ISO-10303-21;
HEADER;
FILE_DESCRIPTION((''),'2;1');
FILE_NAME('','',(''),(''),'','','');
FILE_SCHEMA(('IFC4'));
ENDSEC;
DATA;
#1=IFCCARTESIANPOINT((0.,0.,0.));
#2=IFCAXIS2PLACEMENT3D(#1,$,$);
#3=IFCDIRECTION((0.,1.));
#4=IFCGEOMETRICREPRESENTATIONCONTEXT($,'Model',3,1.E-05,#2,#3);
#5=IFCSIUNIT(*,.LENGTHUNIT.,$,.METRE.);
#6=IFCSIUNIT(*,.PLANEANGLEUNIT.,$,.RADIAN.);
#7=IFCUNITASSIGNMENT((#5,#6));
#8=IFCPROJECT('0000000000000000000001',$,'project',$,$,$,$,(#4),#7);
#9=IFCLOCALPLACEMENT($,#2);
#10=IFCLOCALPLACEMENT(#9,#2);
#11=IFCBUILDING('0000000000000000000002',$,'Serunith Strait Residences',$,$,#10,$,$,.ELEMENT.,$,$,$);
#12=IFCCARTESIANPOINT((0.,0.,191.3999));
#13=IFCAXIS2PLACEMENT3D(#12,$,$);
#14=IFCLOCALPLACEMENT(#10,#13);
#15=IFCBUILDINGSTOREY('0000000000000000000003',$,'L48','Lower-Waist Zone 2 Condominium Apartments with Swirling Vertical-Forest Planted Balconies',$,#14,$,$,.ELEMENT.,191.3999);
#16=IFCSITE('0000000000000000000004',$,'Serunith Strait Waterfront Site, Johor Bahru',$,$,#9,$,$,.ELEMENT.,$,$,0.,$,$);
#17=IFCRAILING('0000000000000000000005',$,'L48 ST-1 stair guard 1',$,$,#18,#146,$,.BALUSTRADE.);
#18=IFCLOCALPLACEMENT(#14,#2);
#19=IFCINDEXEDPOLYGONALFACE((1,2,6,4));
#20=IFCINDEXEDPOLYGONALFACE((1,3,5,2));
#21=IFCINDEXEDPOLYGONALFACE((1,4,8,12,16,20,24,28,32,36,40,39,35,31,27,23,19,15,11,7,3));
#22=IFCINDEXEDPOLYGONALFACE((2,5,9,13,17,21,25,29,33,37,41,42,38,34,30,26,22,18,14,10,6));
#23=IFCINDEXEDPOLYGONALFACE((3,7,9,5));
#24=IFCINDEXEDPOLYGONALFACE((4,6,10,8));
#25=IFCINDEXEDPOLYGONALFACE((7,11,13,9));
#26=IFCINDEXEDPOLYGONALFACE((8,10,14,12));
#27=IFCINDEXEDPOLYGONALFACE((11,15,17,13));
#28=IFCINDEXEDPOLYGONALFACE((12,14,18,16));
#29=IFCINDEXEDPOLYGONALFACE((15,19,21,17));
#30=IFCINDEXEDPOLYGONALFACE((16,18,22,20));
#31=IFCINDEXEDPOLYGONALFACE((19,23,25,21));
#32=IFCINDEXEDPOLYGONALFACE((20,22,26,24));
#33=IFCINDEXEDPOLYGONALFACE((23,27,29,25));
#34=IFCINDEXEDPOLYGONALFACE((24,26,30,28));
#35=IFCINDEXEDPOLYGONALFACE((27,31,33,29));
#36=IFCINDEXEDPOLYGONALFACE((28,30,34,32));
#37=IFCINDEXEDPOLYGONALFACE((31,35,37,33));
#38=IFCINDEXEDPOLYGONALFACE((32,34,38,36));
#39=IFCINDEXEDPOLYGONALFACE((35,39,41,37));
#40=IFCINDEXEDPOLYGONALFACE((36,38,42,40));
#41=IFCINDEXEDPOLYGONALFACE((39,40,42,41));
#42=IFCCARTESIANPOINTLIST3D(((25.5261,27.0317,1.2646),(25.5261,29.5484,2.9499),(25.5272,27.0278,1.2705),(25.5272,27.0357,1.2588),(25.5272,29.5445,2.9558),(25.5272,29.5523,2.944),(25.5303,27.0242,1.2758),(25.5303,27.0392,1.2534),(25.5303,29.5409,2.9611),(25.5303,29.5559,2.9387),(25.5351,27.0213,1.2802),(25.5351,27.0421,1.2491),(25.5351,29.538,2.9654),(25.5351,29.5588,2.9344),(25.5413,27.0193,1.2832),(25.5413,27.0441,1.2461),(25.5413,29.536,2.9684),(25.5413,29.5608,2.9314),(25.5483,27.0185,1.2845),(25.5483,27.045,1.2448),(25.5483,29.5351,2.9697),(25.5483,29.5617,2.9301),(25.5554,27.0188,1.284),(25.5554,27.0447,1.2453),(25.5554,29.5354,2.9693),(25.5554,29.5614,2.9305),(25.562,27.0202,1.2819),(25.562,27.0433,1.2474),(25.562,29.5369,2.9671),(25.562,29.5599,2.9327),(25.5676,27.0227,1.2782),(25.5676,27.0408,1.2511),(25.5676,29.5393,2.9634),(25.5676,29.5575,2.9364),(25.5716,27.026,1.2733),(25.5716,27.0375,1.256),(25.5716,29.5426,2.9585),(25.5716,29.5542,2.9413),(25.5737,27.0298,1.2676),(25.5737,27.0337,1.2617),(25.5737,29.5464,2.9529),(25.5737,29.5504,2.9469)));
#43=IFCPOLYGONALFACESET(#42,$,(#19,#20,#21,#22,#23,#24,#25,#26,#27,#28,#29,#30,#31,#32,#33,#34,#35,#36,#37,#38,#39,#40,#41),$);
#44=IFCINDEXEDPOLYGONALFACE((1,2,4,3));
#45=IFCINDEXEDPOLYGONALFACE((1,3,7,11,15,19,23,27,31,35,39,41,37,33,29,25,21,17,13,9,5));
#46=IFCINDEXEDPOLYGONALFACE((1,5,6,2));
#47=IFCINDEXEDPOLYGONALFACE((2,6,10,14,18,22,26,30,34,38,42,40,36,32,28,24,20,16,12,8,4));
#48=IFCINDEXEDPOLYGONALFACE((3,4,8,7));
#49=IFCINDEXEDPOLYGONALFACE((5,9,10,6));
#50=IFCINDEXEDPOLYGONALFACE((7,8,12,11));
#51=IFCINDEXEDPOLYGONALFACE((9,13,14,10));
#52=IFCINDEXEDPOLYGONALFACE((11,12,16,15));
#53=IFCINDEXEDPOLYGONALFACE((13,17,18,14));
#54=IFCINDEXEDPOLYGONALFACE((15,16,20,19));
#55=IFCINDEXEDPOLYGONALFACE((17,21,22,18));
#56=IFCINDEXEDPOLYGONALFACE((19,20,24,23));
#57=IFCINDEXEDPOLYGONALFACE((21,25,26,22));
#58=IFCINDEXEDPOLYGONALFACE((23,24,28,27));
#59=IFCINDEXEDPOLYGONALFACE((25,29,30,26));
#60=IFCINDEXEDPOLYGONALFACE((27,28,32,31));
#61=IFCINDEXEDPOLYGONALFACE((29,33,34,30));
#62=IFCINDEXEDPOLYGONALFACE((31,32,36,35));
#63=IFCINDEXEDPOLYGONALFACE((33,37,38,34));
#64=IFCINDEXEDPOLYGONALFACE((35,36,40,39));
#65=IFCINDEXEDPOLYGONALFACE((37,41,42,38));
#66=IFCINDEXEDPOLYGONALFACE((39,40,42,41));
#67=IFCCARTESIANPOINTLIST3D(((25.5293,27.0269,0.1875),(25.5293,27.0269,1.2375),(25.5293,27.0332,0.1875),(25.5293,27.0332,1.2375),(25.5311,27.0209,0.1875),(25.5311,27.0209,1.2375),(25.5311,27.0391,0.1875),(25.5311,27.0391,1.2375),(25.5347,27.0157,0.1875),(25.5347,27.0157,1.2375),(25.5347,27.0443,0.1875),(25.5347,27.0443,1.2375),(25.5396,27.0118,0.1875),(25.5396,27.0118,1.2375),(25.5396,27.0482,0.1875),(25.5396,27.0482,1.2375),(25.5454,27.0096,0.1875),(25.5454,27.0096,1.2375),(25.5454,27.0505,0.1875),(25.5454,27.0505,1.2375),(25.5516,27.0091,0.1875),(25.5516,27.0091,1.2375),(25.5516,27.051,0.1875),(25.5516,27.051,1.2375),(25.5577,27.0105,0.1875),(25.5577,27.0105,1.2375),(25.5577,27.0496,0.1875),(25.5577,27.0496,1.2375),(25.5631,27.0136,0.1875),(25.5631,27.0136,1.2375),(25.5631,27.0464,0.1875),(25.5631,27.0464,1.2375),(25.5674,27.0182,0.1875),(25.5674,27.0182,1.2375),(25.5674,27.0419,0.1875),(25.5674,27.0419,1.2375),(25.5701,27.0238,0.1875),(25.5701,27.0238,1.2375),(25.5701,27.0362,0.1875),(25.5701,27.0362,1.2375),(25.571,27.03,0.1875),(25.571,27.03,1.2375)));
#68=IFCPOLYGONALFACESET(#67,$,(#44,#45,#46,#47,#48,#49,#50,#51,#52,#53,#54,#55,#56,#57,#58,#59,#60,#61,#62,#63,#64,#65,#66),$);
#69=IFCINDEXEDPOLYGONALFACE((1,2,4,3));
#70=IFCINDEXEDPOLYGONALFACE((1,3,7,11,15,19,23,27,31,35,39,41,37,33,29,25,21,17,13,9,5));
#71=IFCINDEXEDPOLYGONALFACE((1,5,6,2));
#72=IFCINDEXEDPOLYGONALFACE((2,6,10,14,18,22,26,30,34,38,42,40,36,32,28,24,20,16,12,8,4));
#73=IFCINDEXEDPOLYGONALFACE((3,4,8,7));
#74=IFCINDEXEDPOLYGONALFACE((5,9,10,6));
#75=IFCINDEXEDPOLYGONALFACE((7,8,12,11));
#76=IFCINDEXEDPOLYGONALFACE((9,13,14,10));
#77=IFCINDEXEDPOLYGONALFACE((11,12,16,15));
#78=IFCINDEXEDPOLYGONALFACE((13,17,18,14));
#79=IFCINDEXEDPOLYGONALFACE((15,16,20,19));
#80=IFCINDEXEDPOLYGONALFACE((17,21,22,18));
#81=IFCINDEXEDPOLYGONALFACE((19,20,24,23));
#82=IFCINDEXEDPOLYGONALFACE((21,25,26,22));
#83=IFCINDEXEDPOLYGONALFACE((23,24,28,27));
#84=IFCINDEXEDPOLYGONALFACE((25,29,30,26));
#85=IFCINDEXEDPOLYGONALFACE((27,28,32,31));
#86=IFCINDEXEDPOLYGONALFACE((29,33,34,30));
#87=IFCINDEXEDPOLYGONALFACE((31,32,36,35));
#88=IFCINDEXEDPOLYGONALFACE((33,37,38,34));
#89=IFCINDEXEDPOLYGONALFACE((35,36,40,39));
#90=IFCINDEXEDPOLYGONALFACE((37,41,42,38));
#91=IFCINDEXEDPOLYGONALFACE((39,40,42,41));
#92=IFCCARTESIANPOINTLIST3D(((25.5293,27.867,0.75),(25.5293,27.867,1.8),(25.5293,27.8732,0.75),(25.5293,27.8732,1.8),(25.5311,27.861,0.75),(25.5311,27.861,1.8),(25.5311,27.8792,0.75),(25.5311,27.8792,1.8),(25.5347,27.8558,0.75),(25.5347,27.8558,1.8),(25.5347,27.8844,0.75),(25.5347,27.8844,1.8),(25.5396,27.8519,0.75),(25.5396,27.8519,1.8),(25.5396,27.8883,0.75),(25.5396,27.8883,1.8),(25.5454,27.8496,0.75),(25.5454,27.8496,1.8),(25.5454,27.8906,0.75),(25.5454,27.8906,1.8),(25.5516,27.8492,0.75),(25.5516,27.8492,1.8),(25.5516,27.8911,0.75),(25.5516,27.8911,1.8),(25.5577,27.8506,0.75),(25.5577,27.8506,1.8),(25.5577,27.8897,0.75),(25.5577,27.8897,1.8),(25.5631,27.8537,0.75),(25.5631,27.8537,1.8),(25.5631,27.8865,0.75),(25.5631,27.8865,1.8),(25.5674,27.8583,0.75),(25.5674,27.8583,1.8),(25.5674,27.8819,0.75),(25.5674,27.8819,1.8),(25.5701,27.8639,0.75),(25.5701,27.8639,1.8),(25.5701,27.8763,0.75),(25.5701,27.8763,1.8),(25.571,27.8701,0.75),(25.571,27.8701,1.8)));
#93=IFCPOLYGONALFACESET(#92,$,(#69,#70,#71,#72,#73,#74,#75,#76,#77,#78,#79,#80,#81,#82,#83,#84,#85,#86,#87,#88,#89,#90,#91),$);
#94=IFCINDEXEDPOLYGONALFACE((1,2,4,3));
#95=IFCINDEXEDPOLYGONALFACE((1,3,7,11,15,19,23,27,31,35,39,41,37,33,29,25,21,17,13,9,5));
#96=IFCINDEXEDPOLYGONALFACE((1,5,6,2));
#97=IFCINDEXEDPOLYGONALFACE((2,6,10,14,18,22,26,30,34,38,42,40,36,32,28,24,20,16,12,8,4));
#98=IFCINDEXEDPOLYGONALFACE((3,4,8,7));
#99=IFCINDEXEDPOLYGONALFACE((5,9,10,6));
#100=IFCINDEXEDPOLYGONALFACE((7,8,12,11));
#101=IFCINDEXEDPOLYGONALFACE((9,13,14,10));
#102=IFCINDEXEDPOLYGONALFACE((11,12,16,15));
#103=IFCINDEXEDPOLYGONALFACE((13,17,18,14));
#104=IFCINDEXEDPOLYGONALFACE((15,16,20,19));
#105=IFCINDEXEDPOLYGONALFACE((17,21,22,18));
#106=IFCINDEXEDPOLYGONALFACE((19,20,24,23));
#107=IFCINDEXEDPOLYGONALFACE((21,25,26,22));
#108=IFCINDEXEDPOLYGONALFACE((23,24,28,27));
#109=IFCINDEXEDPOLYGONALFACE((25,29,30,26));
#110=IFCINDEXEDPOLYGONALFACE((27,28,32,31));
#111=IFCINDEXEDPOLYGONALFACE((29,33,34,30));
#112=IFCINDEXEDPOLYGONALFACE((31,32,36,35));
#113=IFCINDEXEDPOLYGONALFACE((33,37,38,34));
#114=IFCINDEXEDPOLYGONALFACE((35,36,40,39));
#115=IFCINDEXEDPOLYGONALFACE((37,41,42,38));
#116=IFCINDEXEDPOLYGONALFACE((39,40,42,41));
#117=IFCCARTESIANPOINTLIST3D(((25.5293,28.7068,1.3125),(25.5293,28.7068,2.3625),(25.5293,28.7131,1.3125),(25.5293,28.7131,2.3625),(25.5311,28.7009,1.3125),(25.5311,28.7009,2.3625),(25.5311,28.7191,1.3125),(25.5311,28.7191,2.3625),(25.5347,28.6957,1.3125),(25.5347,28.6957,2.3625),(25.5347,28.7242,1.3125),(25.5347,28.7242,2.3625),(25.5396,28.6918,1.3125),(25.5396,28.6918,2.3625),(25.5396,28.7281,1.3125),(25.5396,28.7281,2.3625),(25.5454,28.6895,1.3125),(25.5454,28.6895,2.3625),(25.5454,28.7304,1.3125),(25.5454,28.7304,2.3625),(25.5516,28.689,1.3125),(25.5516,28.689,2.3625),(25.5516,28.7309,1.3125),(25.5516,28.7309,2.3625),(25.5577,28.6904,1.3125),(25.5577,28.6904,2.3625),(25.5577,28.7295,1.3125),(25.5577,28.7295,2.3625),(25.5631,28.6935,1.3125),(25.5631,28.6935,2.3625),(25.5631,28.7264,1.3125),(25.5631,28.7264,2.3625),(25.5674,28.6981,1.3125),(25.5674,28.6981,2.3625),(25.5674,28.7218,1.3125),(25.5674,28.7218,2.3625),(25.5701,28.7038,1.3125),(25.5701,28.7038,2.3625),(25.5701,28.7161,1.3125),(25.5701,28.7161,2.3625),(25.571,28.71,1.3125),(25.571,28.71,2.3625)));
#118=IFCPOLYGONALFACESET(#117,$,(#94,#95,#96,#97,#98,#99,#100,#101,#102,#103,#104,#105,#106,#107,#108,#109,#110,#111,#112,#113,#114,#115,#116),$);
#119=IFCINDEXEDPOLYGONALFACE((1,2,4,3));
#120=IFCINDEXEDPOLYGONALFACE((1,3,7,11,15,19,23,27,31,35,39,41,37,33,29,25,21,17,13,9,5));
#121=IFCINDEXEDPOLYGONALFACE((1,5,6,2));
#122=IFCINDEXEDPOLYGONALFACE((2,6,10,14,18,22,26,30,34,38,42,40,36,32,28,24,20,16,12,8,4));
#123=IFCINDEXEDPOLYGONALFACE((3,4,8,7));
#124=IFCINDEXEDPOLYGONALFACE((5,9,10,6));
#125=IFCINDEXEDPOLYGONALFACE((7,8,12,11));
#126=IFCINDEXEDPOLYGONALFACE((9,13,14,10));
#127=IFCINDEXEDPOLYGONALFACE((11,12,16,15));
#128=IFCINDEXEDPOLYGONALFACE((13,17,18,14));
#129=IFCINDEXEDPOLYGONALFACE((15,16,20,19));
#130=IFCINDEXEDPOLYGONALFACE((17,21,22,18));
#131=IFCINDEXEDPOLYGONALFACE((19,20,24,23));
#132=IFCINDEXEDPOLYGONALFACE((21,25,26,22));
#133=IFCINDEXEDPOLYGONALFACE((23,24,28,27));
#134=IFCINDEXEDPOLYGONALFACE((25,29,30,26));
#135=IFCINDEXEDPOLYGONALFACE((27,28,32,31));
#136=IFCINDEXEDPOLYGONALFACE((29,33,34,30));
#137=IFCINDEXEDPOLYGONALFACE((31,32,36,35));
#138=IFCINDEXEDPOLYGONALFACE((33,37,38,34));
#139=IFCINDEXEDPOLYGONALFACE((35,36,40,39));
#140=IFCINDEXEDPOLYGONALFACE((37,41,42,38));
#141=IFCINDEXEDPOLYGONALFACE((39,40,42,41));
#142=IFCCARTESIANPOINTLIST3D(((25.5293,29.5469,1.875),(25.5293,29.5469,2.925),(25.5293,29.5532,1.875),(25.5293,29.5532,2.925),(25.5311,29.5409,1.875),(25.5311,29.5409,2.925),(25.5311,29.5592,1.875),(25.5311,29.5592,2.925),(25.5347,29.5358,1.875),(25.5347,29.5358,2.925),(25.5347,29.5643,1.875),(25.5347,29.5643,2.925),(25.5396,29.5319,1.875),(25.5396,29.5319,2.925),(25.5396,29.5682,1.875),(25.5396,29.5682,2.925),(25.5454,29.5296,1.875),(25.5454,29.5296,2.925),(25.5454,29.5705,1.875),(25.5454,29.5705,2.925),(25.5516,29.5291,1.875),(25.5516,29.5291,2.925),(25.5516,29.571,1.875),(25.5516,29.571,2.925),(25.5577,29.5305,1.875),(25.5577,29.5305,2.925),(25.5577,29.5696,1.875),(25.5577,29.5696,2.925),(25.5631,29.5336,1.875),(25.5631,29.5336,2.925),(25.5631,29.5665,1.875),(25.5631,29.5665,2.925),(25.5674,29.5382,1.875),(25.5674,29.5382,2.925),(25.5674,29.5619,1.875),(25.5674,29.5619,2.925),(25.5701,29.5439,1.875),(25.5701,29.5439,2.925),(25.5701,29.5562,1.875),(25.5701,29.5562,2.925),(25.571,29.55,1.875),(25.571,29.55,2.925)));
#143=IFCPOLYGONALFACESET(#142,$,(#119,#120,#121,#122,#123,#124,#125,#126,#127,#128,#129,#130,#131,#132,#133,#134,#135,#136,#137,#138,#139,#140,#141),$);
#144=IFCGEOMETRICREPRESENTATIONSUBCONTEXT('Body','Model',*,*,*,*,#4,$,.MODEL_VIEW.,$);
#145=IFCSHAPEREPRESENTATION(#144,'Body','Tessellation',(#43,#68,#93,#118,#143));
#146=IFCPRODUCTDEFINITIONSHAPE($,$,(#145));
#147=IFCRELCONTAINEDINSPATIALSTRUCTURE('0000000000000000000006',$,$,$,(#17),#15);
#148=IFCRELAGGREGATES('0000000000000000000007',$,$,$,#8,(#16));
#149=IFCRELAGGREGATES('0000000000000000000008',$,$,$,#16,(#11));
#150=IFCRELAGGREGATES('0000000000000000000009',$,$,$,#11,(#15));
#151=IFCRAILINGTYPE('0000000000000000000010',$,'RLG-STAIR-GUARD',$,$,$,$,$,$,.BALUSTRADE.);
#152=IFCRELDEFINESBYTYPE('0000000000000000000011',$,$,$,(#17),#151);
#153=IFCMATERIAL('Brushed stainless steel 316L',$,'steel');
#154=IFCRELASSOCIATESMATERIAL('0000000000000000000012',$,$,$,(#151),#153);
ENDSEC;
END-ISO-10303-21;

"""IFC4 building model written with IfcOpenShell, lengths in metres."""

from ifc_helpers import new_model, si_unit, direction, frame, origin, origin_2d, place, context, subcontext, project, spatial, circle, extrude, material, type_object, element, save


model = new_model("IFC4")

# Units and contexts
model_context = context("Model", 3, precision=1e-05, world=origin(), true_north=direction((0.0, 1.0)))
body_context = subcontext(model_context, "Body", "Model", "MODEL_VIEW")
ifc_project = project(units=[si_unit("LENGTHUNIT", "METRE"), si_unit("PLANEANGLEUNIT", "RADIAN")], contexts=[model_context])

# Site, building, storey
site_placement = place(None, origin())
site = spatial("IfcSite", under=ifc_project, at=site_placement, Name="Serunith Strait Waterfront Site, Johor Bahru", CompositionType="ELEMENT", RefElevation=0.0)
building_placement = place(site_placement, origin())
building = spatial("IfcBuilding", under=site, at=building_placement, Name="Serunith Strait Residences", CompositionType="ELEMENT")
storey_placement = place(building_placement, frame((0.0, 0.0, 191.3999)))
storey = spatial("IfcBuildingStorey", under=building, at=storey_placement, Name="L48", Description="Lower-Waist Zone 2 Condominium Apartments with Swirling Vertical-Forest Planted Balconies", CompositionType="ELEMENT", Elevation=191.3999)

# Railing
ifc_material_1 = material(Name="Brushed stainless steel 316L", Category="steel")
railing_type_1 = type_object("IfcRailingType", Name="RLG-STAIR-GUARD", PredefinedType="BALUSTRADE", material=ifc_material_1)
railing_1_placement = place(storey_placement, frame((25.55, 27.03, 0.1875)))
element("IfcRailing", 1, at=railing_1_placement, inside=storey, type_object=railing_type_1, Name="L48 ST-1 stair guard 1", PredefinedType="BALUSTRADE", context=body_context, shape_type="SweptSolid", body=[
    extrude(circle(Radius=0.0239, at=origin_2d()), frame((0.0, 0.0017, 1.0771), z_axis=(0.0, 0.830909, 0.556408), x_axis=(-1.0, 0.0, 0.0)), (0.0, 0.0, 1.0), 3.0288),
    extrude(circle(Radius=0.021, at=origin_2d()), origin(), (0.0, 0.0, 1.0), 1.05),
    extrude(circle(Radius=0.021, at=origin_2d()), frame((0.0, 0.8401, 0.5625)), (0.0, 0.0, 1.0), 1.05),
    extrude(circle(Radius=0.021, at=origin_2d()), frame((0.0, 1.6799, 1.125)), (0.0, 0.0, 1.0), 1.05),
    extrude(circle(Radius=0.021, at=origin_2d()), frame((0.0, 2.52, 1.6875)), (0.0, 0.0, 1.0), 1.05),
])

save(model, "model.ifc")
